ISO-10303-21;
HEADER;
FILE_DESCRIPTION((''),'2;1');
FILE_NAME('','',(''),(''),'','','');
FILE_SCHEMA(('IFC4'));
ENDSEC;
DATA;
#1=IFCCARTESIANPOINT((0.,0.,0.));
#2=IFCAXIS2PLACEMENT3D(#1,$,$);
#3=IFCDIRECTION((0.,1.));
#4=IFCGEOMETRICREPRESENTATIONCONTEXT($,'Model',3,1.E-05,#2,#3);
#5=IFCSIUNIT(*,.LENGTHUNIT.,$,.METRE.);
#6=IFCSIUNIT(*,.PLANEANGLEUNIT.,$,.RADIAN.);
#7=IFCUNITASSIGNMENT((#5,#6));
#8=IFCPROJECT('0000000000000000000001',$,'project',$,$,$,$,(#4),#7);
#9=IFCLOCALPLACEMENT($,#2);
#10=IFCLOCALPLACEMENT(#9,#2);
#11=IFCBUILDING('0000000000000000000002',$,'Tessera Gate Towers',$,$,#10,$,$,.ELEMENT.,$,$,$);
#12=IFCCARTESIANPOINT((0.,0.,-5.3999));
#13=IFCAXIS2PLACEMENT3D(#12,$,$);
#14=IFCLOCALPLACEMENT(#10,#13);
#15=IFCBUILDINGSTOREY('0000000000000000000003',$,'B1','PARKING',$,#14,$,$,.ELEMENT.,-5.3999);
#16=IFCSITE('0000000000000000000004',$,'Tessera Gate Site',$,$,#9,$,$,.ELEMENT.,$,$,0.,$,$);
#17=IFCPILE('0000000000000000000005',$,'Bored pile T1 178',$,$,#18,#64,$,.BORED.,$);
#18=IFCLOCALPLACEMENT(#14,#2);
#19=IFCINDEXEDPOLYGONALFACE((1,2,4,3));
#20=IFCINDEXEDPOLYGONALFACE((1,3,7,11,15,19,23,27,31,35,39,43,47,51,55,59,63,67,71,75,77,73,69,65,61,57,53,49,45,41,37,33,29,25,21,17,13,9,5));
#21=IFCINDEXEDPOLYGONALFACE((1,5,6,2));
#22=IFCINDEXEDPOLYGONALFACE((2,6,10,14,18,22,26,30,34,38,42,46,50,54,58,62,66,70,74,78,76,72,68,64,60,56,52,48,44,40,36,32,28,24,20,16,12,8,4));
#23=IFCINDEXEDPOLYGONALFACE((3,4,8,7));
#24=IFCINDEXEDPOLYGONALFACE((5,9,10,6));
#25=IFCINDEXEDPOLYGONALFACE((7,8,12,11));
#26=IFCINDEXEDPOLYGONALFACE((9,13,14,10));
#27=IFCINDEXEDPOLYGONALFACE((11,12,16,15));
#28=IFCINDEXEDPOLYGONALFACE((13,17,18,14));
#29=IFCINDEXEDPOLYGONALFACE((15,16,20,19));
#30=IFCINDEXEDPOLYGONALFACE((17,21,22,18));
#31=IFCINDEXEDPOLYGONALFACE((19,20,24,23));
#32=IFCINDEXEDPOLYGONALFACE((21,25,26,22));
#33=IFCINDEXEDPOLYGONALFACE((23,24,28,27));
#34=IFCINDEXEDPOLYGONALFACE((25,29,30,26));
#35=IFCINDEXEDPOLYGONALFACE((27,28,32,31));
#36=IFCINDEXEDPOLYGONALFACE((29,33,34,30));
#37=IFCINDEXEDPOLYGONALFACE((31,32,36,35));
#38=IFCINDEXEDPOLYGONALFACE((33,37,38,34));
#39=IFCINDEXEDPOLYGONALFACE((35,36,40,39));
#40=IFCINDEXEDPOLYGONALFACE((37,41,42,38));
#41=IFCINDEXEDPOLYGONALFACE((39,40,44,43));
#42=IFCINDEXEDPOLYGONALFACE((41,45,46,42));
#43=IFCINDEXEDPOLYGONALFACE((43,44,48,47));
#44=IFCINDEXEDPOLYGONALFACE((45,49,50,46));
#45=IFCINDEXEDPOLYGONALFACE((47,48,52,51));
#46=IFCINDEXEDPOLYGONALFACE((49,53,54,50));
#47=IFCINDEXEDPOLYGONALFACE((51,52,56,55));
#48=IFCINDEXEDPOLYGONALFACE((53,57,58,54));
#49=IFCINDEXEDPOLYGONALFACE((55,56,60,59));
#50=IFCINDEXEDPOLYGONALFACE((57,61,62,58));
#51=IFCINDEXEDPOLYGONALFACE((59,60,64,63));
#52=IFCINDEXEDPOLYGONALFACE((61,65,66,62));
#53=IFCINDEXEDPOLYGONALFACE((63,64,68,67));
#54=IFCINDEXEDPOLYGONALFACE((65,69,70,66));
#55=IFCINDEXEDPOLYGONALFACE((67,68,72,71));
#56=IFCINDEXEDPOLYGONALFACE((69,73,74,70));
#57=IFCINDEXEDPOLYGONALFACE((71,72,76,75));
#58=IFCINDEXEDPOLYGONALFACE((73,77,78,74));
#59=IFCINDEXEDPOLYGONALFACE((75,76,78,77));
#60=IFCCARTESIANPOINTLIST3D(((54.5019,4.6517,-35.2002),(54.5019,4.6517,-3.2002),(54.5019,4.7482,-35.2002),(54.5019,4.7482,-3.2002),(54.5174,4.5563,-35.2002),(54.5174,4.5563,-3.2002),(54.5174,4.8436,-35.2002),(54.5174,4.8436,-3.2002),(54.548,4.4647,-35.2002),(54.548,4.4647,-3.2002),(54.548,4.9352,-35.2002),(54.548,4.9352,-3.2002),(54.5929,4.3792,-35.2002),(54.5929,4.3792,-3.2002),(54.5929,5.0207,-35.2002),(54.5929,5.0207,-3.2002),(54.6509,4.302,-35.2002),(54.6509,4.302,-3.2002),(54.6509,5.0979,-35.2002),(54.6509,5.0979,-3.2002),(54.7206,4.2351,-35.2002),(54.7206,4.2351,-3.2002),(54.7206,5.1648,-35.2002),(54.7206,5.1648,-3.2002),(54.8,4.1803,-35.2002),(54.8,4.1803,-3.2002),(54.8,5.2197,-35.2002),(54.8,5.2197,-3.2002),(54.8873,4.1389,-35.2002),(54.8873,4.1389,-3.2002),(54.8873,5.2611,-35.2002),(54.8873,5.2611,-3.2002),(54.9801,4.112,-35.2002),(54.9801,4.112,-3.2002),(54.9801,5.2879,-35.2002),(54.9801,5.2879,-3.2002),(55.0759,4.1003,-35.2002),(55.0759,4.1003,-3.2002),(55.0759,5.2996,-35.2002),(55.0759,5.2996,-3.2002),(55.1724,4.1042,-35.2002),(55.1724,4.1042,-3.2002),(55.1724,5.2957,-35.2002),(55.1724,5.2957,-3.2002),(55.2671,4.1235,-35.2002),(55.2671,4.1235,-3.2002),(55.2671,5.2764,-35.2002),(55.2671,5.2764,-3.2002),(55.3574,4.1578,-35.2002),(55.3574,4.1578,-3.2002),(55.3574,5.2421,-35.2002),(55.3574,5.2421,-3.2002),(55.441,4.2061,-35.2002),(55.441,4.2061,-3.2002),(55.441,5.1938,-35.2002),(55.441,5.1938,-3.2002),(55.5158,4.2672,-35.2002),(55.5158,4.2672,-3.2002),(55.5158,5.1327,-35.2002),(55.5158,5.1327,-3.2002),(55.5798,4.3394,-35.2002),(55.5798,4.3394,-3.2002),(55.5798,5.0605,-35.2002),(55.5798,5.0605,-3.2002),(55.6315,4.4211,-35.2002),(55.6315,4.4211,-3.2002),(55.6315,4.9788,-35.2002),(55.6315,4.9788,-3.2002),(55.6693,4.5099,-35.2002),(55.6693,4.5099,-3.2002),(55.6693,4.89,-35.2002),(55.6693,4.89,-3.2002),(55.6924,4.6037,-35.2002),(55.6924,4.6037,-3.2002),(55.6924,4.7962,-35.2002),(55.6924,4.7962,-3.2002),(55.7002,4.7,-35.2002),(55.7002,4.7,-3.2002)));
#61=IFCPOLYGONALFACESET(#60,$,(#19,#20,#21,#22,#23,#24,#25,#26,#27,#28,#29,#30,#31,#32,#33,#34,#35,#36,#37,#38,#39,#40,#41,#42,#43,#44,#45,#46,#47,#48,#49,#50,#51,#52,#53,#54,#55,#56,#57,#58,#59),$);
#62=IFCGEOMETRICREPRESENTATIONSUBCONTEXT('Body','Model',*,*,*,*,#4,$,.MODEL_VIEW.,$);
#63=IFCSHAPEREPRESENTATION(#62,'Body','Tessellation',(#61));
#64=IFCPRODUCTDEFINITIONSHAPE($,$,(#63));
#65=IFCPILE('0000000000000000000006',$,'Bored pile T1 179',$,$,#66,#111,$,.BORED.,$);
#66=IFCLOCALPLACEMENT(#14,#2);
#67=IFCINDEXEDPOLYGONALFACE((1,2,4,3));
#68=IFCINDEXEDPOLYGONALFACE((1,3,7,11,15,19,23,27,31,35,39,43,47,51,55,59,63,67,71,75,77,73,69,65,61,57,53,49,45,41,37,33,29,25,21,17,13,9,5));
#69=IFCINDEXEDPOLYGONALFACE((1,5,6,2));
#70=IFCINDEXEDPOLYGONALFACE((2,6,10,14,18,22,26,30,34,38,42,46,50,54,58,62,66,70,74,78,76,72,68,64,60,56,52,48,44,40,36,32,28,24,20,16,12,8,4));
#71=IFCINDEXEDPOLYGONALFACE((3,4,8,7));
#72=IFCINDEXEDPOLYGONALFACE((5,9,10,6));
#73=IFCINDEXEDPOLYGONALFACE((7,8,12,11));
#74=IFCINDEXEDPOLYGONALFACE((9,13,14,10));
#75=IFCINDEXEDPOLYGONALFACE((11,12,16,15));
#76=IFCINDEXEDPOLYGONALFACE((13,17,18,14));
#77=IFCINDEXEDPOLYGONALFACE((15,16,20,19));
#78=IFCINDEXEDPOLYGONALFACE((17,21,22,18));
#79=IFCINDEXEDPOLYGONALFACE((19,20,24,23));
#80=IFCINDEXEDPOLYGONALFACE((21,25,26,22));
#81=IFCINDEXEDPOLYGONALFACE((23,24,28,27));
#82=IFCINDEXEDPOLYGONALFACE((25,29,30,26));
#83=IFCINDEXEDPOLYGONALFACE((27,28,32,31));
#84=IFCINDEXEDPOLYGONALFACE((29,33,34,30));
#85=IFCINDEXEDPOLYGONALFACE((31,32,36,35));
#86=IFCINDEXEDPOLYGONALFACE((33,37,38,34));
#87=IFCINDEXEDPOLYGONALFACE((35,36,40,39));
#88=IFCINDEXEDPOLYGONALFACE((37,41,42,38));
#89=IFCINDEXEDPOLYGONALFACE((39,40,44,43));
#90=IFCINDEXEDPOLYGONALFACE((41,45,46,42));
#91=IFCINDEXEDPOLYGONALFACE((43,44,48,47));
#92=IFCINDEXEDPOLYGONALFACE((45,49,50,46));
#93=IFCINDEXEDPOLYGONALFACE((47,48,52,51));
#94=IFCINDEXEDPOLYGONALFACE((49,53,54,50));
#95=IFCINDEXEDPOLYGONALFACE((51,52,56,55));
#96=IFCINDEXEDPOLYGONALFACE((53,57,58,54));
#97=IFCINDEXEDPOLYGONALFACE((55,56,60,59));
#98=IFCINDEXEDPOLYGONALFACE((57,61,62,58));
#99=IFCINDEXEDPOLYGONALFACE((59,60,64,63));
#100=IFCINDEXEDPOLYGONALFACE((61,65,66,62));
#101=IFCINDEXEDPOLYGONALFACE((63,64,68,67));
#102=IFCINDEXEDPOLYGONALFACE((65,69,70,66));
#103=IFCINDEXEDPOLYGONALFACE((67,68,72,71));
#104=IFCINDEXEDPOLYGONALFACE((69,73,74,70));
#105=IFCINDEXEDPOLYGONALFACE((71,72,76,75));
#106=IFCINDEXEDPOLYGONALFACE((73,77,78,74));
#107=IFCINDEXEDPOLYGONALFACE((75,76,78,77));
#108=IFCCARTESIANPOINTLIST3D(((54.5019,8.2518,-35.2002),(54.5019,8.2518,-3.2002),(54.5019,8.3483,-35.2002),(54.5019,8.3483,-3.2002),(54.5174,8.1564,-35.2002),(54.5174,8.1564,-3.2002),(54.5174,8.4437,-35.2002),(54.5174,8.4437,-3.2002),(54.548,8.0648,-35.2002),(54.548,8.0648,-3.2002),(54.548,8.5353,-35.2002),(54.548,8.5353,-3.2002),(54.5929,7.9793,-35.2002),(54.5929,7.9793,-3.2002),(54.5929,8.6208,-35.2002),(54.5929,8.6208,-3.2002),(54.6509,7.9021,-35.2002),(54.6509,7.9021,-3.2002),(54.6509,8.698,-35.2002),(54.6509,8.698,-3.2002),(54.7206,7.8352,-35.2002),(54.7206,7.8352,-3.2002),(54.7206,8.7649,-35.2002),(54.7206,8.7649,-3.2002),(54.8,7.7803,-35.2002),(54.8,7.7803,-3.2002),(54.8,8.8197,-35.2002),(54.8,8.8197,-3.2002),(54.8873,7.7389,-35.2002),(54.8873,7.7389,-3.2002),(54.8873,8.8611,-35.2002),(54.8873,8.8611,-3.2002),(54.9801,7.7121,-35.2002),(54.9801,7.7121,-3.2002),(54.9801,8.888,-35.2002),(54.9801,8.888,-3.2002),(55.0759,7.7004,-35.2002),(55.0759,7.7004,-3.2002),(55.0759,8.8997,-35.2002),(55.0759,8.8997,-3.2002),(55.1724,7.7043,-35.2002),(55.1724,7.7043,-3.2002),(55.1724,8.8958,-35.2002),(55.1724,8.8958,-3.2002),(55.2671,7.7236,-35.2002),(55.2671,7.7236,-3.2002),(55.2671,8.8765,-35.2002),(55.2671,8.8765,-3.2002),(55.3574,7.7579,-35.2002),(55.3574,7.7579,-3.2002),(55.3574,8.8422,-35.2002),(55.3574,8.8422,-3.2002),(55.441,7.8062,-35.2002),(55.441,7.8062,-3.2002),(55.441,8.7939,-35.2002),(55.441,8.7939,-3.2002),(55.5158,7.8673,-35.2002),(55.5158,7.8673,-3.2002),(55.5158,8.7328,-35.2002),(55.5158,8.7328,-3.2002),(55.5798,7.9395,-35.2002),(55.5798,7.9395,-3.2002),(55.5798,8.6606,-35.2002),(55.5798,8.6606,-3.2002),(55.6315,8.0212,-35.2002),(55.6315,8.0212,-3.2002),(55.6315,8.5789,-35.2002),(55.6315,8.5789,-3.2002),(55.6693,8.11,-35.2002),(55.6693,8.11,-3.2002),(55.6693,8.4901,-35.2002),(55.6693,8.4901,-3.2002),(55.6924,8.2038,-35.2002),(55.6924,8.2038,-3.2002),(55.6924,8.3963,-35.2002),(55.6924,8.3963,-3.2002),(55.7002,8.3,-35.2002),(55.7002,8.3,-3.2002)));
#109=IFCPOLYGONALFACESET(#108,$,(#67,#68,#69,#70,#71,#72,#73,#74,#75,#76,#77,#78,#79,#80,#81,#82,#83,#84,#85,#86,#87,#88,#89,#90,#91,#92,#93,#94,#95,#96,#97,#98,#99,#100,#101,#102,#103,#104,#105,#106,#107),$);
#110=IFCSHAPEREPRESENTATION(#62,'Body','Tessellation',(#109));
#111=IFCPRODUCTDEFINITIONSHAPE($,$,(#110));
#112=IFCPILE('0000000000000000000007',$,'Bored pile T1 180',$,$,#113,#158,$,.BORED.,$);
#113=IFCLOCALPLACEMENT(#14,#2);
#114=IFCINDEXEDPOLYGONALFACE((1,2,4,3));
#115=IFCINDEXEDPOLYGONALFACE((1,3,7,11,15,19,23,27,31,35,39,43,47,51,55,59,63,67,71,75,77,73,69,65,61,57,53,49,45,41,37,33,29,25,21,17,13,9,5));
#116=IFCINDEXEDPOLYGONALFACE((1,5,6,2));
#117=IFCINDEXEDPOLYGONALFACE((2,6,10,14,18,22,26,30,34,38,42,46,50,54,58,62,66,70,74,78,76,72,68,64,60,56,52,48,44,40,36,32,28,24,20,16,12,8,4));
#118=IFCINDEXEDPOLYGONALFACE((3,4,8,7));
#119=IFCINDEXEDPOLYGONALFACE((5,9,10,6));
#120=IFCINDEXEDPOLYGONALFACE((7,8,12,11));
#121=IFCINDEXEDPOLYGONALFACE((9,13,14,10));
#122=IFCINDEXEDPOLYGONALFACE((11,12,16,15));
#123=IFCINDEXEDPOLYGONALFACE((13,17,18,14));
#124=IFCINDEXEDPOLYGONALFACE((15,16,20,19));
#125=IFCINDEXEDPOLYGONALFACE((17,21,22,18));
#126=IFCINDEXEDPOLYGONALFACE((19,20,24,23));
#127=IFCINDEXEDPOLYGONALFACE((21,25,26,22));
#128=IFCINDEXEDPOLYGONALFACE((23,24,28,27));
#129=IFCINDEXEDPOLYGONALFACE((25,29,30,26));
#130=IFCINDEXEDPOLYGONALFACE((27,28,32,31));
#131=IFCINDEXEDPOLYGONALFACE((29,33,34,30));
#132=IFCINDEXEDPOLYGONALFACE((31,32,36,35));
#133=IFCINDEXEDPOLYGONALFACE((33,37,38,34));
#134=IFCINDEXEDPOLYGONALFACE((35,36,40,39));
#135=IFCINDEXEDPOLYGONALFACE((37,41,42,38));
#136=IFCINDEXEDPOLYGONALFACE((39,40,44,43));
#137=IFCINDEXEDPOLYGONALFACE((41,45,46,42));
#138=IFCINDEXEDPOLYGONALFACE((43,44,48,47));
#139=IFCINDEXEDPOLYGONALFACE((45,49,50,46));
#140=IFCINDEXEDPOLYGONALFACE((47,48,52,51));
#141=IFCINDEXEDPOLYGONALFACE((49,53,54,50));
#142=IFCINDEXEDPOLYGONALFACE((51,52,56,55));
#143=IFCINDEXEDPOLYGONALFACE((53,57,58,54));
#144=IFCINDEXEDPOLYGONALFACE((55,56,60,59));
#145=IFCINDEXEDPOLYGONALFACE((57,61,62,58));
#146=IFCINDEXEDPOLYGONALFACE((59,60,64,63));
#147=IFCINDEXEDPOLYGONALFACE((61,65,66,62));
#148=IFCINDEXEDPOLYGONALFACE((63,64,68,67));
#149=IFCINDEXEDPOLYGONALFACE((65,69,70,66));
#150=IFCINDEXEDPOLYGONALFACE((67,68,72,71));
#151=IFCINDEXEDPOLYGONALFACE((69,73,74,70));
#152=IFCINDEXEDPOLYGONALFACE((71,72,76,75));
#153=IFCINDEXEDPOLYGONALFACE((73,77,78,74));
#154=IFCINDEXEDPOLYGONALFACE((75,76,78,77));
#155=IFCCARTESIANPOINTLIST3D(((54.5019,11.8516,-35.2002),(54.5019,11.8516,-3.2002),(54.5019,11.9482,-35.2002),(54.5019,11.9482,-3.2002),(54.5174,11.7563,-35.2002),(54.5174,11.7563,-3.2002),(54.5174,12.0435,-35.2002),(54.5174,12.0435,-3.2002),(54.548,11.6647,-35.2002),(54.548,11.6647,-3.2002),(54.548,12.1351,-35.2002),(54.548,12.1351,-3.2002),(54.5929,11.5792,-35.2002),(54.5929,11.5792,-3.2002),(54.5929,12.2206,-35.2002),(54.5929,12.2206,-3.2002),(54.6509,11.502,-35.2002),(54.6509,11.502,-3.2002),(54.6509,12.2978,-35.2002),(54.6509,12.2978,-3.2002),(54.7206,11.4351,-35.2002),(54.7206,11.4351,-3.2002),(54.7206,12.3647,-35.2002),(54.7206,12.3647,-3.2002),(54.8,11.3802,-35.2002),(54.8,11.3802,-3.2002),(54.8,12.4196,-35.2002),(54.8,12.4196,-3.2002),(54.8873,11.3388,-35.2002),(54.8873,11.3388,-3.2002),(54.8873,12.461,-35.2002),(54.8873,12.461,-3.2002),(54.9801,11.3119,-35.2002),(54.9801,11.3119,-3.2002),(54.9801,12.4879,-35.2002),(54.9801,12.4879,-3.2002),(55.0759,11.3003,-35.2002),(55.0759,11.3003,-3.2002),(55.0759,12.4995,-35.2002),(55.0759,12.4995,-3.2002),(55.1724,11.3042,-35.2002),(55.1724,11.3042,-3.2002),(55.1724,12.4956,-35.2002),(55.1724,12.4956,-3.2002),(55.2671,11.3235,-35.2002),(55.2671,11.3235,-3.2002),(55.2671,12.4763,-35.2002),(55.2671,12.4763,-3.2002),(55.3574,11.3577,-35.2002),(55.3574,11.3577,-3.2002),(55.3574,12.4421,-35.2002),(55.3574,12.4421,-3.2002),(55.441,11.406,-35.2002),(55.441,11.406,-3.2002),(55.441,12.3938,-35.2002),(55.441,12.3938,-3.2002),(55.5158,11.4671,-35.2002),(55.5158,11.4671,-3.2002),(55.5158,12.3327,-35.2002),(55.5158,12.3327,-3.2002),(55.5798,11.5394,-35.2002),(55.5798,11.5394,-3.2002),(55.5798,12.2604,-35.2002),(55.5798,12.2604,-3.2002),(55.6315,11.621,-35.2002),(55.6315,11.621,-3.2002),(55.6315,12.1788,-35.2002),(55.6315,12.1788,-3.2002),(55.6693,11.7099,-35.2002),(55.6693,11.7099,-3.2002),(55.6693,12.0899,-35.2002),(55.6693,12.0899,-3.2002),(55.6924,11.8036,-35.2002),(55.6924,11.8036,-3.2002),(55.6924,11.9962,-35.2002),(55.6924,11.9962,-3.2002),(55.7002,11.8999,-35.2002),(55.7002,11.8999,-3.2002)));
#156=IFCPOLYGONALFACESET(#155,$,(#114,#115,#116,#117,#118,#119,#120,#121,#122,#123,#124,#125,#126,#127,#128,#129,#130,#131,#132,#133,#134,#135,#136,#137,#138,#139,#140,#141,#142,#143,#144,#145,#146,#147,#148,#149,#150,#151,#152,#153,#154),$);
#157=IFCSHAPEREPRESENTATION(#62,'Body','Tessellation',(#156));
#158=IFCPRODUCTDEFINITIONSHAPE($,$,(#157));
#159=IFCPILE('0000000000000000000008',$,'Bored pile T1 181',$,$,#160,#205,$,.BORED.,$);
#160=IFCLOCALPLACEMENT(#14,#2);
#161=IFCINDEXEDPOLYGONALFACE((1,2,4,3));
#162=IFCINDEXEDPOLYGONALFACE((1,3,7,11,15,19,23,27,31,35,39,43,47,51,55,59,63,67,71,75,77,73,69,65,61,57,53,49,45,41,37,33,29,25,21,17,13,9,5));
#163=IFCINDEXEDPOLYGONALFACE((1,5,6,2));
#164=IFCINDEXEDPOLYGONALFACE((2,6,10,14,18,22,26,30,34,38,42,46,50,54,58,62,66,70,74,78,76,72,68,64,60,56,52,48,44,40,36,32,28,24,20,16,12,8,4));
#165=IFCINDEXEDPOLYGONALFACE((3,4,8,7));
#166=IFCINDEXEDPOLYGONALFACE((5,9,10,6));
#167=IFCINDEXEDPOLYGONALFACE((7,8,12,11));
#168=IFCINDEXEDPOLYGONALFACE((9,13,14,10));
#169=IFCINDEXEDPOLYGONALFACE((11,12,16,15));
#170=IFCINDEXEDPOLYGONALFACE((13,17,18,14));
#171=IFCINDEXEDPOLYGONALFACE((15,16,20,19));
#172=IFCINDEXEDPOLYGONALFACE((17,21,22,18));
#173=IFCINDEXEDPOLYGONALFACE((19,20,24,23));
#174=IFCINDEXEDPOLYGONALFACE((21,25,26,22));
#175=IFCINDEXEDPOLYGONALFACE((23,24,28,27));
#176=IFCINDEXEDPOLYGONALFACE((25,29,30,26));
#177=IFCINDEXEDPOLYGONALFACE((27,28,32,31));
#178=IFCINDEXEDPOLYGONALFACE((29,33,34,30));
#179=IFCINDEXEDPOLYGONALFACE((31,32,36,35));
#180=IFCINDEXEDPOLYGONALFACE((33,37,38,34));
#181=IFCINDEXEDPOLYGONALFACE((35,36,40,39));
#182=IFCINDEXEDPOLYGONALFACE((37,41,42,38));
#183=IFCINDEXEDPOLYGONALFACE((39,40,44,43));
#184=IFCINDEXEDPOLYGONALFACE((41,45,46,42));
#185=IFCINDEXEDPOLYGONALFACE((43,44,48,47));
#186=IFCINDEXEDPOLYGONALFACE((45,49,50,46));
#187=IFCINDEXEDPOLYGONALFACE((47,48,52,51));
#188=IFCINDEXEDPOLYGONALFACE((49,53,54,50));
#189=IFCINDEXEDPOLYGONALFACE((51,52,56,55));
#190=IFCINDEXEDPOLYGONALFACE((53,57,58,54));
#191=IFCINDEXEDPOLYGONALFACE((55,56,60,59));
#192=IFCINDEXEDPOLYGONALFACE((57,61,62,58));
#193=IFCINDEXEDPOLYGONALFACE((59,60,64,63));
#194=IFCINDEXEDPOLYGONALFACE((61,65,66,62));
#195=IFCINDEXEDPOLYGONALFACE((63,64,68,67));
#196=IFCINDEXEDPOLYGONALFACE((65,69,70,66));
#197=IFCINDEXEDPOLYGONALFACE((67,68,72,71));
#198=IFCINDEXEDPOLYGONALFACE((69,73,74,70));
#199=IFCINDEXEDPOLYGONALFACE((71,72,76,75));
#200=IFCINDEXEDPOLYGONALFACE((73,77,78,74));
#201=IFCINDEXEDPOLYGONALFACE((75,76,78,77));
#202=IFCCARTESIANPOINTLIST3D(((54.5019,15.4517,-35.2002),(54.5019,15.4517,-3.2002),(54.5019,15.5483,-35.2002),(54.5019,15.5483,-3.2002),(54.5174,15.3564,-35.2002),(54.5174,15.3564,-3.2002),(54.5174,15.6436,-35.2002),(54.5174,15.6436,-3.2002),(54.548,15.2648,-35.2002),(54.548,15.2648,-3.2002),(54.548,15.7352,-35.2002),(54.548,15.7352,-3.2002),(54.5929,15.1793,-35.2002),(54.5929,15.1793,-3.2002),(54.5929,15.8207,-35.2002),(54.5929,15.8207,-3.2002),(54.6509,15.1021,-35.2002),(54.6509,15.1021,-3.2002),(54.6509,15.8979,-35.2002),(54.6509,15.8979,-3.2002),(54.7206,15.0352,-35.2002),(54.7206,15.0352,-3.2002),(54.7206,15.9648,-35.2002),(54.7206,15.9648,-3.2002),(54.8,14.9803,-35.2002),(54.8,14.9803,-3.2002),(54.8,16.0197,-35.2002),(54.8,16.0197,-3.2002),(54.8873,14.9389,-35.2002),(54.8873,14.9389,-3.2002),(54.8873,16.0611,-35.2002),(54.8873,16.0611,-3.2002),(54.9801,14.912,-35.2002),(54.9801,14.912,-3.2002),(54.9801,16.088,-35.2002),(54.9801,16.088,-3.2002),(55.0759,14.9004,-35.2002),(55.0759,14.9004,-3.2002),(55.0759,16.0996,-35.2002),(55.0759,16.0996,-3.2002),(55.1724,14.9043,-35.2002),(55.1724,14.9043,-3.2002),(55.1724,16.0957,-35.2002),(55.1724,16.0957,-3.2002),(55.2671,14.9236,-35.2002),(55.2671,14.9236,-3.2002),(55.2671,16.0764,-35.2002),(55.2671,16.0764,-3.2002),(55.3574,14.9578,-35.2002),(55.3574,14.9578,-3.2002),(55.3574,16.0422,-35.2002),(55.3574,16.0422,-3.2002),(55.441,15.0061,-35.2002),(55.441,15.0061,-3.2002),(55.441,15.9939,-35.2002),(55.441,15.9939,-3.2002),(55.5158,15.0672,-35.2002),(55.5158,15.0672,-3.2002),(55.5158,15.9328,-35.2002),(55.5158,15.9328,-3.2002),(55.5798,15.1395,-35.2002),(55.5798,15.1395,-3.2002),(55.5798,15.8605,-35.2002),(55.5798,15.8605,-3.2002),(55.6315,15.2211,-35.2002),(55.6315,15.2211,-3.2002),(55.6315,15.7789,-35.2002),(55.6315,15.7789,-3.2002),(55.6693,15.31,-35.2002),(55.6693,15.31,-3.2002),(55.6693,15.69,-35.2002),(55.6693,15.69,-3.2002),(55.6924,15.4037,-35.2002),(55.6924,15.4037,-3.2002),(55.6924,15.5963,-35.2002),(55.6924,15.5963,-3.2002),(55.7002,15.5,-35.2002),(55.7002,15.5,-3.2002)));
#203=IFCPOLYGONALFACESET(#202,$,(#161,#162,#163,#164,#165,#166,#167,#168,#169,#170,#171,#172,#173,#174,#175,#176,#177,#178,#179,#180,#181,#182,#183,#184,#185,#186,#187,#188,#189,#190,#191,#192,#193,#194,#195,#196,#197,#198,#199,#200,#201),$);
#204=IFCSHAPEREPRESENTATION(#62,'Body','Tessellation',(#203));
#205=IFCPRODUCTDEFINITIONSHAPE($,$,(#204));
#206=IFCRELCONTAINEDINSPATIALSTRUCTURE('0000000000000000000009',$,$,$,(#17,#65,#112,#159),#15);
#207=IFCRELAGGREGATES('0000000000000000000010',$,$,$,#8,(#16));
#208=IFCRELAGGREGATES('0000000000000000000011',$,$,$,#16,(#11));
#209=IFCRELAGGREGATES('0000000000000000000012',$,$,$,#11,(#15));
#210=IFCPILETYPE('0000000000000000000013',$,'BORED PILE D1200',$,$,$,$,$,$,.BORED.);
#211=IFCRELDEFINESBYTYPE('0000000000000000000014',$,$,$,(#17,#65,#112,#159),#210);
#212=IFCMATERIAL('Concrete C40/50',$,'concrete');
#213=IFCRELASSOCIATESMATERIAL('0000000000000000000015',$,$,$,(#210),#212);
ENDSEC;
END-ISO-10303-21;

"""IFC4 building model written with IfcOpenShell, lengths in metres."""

from ifc_helpers import new_model, si_unit, direction, frame, origin, origin_2d, place, context, subcontext, project, spatial, circle, extrude, material, material_profile, profile_set, type_object, element, save


model = new_model("IFC4")

# Units and contexts
model_context = context("Model", 3, precision=1e-05, world=origin(), true_north=direction((0.0, 1.0)))
body_context = subcontext(model_context, "Body", "Model", "MODEL_VIEW")
ifc_project = project(units=[si_unit("LENGTHUNIT", "METRE"), si_unit("PLANEANGLEUNIT", "RADIAN")], contexts=[model_context])

# Site, building, storey
site_placement = place(None, origin())
site = spatial("IfcSite", under=ifc_project, at=site_placement, Name="Tessera Gate Site", CompositionType="ELEMENT", RefElevation=0.0)
building_placement = place(site_placement, origin())
building = spatial("IfcBuilding", under=site, at=building_placement, Name="Tessera Gate Towers", CompositionType="ELEMENT")
storey_placement = place(building_placement, frame((0.0, 0.0, -5.3999)))
storey = spatial("IfcBuildingStorey", under=building, at=storey_placement, Name="B1", Description="PARKING", CompositionType="ELEMENT", Elevation=-5.3999)

# Piles
ifc_material_1 = material(Name="Concrete C40/50", Category="concrete")
ifc_material_profile_1 = material_profile(ifc_material_1, circle(Radius=0.6001, at=origin_2d()), Name="BORED PILE D1200")
ifc_profile_set_1 = profile_set([ifc_material_profile_1], Name="Concrete C40/50")
pile_type = type_object("IfcPileType", Name="BORED PILE D1200", PredefinedType="BORED", material=ifc_profile_set_1)
for number, where, z_axis, x_axis, name in (
    (1, (55.1001, 4.7, -3.2002), (0.0, 0.0, -1.0), (1.0, 0.0, 0.0), "Bored pile T1 178"),
    (2, (55.1001, 8.3, -3.2002), (0.0, 0.0, -1.0), (1.0, 0.0, 0.0), "Bored pile T1 179"),
    (3, (55.1001, 11.8999, -3.2002), (0.0, 0.0, -1.0), (1.0, 0.0, 0.0), "Bored pile T1 180"),
    (4, (55.1001, 15.5, -3.2002), (0.0, 0.0, -1.0), (1.0, 0.0, 0.0), "Bored pile T1 181"),
):
    element("IfcPile", number, at=place(storey_placement, frame(where, z_axis=z_axis, x_axis=x_axis)), inside=storey, type_object=pile_type, Name=name, PredefinedType="BORED", context=body_context, shape_type="SweptSolid", body=[
        extrude(circle(Radius=0.6001, at=origin_2d()), origin(), (0.0, 0.0, 1.0), 32.0),
    ])

save(model, "model.ifc")
